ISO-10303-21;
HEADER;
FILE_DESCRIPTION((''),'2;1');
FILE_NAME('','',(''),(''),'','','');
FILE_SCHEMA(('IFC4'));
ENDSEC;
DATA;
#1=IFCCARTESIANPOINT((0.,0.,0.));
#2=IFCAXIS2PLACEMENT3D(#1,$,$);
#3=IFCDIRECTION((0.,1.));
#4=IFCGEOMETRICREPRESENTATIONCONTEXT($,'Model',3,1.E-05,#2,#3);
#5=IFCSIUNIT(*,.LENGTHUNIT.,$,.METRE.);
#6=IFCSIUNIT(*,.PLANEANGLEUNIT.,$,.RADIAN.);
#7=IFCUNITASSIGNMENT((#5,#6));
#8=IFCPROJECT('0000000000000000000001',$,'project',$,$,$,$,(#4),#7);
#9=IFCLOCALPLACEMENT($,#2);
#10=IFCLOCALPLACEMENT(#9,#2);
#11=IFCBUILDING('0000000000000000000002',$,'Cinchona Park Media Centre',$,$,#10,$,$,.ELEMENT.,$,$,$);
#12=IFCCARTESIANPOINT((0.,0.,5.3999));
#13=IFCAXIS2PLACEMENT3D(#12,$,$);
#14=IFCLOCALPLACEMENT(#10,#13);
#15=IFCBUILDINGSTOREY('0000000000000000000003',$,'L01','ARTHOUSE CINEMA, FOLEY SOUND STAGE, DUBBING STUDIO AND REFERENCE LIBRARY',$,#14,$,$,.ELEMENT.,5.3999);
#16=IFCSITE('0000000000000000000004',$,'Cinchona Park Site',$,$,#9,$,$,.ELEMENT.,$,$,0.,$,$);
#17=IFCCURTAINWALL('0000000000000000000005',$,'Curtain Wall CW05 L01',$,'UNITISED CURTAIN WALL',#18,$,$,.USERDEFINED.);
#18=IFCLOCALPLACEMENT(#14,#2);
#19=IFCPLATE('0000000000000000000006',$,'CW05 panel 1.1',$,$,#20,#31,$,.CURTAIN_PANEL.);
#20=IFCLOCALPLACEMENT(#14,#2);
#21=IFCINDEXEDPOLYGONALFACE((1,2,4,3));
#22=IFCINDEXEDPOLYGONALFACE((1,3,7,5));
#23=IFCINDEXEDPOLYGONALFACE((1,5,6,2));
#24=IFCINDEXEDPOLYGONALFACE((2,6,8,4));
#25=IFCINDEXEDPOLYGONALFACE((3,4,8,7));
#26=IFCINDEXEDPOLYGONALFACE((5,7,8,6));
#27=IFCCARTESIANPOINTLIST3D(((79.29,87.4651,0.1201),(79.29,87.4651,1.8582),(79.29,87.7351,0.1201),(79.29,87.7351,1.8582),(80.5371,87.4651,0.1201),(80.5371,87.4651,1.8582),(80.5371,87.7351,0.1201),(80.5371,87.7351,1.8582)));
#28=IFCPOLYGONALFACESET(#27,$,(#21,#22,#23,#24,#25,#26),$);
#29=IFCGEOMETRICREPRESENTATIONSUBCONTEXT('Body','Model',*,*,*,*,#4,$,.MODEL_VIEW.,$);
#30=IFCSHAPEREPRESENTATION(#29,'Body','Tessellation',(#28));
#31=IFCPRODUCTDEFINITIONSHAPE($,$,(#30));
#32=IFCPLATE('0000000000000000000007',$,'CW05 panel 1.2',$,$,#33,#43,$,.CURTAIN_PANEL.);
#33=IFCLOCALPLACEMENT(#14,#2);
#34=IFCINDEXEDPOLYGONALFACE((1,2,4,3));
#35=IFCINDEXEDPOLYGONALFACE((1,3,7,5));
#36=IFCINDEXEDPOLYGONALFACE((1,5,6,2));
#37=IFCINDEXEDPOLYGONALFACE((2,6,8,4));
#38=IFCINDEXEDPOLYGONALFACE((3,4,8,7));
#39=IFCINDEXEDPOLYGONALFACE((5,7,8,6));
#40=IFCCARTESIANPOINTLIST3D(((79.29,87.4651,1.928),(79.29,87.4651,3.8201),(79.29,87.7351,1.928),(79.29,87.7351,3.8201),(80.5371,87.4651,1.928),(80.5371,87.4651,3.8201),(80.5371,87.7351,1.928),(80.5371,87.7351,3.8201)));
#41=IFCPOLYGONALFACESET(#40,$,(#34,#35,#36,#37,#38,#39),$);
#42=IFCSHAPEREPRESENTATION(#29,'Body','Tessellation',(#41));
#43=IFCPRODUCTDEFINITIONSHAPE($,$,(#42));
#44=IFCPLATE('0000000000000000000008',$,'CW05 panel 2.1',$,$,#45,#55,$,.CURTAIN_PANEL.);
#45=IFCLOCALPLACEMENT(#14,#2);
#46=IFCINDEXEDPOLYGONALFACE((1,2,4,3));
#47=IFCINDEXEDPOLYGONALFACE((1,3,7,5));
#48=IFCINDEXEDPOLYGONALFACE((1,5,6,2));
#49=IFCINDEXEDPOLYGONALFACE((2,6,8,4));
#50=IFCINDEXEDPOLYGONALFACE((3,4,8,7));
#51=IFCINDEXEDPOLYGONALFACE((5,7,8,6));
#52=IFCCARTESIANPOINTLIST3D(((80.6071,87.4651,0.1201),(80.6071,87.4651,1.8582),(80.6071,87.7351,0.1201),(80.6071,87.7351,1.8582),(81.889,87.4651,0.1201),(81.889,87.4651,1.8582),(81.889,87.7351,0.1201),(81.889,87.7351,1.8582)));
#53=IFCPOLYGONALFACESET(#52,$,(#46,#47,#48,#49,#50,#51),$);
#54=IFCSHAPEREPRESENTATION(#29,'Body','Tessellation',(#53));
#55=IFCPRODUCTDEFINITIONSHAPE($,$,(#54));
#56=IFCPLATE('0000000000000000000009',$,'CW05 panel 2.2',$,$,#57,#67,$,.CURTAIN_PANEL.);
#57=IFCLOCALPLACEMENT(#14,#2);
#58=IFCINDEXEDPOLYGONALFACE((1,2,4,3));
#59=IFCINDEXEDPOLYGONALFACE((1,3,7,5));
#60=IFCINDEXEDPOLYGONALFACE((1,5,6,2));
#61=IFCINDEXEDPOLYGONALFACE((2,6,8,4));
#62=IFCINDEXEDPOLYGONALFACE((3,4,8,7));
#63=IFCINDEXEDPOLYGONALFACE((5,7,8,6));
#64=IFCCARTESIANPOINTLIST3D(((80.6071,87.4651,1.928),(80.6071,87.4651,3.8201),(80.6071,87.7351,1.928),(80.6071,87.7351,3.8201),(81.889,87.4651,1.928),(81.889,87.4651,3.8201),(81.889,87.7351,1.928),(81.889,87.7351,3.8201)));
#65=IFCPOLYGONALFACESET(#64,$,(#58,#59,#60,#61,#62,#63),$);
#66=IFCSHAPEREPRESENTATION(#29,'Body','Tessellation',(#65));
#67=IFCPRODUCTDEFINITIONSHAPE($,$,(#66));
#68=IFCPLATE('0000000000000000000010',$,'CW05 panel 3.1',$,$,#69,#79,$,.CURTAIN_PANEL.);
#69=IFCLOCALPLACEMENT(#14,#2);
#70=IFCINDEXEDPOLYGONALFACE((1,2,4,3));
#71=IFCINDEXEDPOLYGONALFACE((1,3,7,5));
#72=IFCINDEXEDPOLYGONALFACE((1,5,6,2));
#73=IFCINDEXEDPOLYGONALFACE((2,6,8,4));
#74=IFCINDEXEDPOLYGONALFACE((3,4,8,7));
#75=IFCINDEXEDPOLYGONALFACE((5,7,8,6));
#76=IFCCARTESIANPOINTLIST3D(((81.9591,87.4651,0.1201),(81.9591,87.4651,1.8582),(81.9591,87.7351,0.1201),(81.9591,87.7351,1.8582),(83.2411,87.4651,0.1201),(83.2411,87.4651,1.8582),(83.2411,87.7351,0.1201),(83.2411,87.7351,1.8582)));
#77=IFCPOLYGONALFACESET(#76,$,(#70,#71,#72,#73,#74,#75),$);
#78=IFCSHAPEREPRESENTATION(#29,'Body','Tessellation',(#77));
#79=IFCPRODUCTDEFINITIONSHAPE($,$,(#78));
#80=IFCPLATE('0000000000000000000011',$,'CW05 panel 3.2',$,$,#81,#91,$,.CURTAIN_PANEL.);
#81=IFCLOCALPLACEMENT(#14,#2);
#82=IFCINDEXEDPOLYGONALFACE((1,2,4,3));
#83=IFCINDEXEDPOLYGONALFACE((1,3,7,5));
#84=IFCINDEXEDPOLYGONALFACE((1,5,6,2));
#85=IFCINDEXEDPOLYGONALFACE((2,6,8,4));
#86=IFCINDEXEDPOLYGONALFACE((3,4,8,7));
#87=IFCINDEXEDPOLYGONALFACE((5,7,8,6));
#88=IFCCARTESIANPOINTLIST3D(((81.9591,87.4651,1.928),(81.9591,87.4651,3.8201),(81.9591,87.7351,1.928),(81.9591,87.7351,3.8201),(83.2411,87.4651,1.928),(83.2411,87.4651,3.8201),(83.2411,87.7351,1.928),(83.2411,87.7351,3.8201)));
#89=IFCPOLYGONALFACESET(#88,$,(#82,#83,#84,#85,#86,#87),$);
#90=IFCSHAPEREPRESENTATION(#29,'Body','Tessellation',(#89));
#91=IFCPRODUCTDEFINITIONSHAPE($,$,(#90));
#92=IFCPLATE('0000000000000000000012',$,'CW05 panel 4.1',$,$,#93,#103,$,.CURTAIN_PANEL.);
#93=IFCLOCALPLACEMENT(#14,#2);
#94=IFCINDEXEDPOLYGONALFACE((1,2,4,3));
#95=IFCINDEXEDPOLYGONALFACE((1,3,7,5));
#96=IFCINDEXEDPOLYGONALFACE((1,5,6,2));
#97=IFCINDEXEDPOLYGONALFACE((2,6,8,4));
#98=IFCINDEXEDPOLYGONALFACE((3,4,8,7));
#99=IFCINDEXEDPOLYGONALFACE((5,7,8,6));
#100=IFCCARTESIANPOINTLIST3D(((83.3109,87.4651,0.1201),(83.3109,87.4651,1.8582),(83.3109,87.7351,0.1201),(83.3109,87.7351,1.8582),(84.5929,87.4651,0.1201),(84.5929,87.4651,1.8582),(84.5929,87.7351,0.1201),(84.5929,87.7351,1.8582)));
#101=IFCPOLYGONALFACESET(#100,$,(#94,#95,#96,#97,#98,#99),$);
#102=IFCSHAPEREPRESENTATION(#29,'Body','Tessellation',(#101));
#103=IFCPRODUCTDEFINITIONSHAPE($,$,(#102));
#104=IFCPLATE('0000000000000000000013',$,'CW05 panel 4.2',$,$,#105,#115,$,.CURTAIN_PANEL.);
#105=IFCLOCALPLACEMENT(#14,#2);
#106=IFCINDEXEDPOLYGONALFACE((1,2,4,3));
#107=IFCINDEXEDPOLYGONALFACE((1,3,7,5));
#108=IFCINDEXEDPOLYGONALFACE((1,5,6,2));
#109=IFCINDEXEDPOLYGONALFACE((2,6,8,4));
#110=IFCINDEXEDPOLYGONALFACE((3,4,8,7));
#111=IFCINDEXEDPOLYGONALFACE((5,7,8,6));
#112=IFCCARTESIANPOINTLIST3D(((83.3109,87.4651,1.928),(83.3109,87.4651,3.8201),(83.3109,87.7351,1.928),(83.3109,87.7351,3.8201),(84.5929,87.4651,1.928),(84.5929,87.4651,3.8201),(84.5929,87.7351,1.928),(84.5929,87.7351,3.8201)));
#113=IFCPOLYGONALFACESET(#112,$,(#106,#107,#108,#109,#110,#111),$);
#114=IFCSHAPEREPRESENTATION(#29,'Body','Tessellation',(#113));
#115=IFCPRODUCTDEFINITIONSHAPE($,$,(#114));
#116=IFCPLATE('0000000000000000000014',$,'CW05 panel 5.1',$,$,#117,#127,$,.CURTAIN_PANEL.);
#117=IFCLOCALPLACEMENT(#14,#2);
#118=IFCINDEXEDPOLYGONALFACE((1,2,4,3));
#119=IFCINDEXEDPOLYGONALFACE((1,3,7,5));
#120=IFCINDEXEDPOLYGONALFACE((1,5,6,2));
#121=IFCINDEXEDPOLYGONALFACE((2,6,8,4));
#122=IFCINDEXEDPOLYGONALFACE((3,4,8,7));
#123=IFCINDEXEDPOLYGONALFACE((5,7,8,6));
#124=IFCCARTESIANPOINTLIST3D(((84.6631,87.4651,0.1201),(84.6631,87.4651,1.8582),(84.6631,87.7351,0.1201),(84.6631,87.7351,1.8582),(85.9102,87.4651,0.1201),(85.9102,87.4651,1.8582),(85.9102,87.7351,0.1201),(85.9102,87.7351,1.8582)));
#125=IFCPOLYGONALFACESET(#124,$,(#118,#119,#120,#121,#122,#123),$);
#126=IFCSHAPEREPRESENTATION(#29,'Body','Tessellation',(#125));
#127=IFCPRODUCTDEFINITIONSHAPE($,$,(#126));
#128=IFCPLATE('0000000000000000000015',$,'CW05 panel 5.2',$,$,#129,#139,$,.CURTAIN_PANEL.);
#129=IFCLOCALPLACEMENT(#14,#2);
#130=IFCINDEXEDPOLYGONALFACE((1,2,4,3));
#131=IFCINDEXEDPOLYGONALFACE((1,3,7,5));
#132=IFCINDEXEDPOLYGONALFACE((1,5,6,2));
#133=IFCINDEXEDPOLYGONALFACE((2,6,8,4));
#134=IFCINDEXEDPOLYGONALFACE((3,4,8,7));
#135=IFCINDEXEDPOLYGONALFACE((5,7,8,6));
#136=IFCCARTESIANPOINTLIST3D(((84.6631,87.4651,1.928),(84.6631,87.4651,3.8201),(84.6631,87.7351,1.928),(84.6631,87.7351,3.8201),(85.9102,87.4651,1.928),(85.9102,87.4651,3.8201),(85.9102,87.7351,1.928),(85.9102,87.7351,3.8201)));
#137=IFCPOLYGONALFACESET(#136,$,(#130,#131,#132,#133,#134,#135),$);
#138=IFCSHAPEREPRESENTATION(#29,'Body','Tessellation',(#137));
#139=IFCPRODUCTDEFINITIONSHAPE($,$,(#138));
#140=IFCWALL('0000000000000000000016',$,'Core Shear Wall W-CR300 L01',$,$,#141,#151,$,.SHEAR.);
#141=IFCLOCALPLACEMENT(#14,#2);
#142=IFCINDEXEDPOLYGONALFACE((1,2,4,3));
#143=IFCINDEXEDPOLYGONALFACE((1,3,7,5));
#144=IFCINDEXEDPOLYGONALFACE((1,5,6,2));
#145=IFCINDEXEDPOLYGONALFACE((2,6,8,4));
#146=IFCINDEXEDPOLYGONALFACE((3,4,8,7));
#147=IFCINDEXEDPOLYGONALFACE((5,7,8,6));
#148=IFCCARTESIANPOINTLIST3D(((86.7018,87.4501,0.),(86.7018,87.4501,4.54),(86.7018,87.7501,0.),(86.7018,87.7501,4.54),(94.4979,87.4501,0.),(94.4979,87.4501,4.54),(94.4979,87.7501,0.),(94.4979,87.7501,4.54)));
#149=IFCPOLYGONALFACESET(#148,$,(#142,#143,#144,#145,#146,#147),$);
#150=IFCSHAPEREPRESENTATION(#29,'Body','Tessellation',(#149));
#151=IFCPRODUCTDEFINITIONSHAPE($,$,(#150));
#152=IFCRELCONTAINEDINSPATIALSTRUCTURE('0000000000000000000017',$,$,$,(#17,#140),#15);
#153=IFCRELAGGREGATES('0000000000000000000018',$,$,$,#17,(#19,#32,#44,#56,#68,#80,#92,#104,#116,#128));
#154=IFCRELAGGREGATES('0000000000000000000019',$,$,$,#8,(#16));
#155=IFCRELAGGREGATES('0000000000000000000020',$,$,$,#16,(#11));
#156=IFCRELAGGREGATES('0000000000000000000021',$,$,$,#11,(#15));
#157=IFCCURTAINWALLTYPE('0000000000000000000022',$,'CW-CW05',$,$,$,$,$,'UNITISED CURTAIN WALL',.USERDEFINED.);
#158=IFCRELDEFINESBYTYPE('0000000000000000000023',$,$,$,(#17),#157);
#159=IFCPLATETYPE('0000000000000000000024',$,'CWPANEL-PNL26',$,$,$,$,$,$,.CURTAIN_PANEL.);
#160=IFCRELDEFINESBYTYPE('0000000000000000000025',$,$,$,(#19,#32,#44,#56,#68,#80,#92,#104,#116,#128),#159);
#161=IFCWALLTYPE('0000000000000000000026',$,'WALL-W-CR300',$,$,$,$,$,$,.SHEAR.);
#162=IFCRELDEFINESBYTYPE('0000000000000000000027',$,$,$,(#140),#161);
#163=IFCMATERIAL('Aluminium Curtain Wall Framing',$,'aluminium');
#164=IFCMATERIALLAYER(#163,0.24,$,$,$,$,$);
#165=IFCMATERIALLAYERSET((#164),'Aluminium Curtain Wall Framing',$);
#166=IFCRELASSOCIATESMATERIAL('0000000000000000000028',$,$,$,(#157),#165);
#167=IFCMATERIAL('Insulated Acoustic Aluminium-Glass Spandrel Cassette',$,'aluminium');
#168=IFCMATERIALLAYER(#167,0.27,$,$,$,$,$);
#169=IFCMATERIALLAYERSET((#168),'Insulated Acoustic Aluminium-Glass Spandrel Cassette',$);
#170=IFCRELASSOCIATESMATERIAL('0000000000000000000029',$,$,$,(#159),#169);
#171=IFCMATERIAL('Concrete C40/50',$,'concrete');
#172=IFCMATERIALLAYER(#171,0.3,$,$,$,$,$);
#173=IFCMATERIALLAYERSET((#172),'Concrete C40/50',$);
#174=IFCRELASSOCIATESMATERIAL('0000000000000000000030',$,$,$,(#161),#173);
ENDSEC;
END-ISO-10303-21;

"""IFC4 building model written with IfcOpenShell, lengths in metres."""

from ifc_helpers import new_model, si_unit, direction, frame, frame_2d, origin, origin_2d, place, context, subcontext, project, spatial, rectangle, extrude, material, layer, layer_set, type_object, element, aggregate, save


model = new_model("IFC4")

# Units and contexts
model_context = context("Model", 3, precision=1e-05, world=origin(), true_north=direction((0.0, 1.0)))
body_context = subcontext(model_context, "Body", "Model", "MODEL_VIEW")
ifc_project = project(units=[si_unit("LENGTHUNIT", "METRE"), si_unit("PLANEANGLEUNIT", "RADIAN")], contexts=[model_context])

# Site, building, storey
site_placement = place(None, origin())
site = spatial("IfcSite", under=ifc_project, at=site_placement, Name="Cinchona Park Site", CompositionType="ELEMENT", RefElevation=0.0)
building_placement = place(site_placement, origin())
building = spatial("IfcBuilding", under=site, at=building_placement, Name="Cinchona Park Media Centre", CompositionType="ELEMENT")
storey_placement = place(building_placement, frame((0.0, 0.0, 5.3999)))
storey = spatial("IfcBuildingStorey", under=building, at=storey_placement, Name="L01", Description="ARTHOUSE CINEMA, FOLEY SOUND STAGE, DUBBING STUDIO AND REFERENCE LIBRARY", CompositionType="ELEMENT", Elevation=5.3999)

# Curtain wall
ifc_material_1 = material(Name="Aluminium Curtain Wall Framing", Category="aluminium")
ifc_layer_1 = layer(ifc_material_1, 0.24)
ifc_layer_set_1 = layer_set([ifc_layer_1], Name="Aluminium Curtain Wall Framing")
curtain_wall_type_1 = type_object("IfcCurtainWallType", Name="CW-CW05", ElementType="UNITISED CURTAIN WALL", PredefinedType="USERDEFINED", material=ifc_layer_set_1)
curtain_wall_1_placement = place(storey_placement, origin())
curtain_wall_1 = element("IfcCurtainWall", 1, at=curtain_wall_1_placement, inside=storey, type_object=curtain_wall_type_1, Name="Curtain Wall CW05 L01", ObjectType="UNITISED CURTAIN WALL", PredefinedType="USERDEFINED")

# Plates
ifc_material_2 = material(Name="Insulated Acoustic Aluminium-Glass Spandrel Cassette", Category="aluminium")
ifc_layer_2 = layer(ifc_material_2, 0.27)
ifc_layer_set_2 = layer_set([ifc_layer_2], Name="Insulated Acoustic Aluminium-Glass Spandrel Cassette")
plate_type_1 = type_object("IfcPlateType", Name="CWPANEL-PNL26", PredefinedType="CURTAIN_PANEL", material=ifc_layer_set_2)
plate_1_placement = place(storey_placement, frame((79.9136, 87.6001, 0.1201), z_axis=(0.0, 0.0, 1.0), x_axis=(1.0, 0.0, 0.0)))
plate_1 = element("IfcPlate", 2, at=plate_1_placement, type_object=plate_type_1, Name="CW05 panel 1.1", PredefinedType="CURTAIN_PANEL", context=body_context, shape_type="SweptSolid", body=[
    extrude(rectangle(XDim=1.2471, YDim=0.27, at=origin_2d()), origin(), (0.0, 0.0, 1.0), 1.738),
])
plate_2_placement = place(storey_placement, frame((79.9136, 87.6001, 1.928), z_axis=(0.0, 0.0, 1.0), x_axis=(1.0, 0.0, 0.0)))
plate_2 = element("IfcPlate", 3, at=plate_2_placement, type_object=plate_type_1, Name="CW05 panel 1.2", PredefinedType="CURTAIN_PANEL", context=body_context, shape_type="SweptSolid", body=[
    extrude(rectangle(XDim=1.2471, YDim=0.27, at=origin_2d()), origin(), (0.0, 0.0, 1.0), 1.8921),
])
plate_3_placement = place(storey_placement, frame((81.248, 87.6001, 0.1201), z_axis=(0.0, 0.0, 1.0), x_axis=(1.0, 0.0, 0.0)))
plate_3 = element("IfcPlate", 4, at=plate_3_placement, type_object=plate_type_1, Name="CW05 panel 2.1", PredefinedType="CURTAIN_PANEL", context=body_context, shape_type="SweptSolid", body=[
    extrude(rectangle(XDim=1.282, YDim=0.27, at=origin_2d()), origin(), (0.0, 0.0, 1.0), 1.738),
])
plate_4_placement = place(storey_placement, frame((81.248, 87.6001, 1.928), z_axis=(0.0, 0.0, 1.0), x_axis=(1.0, 0.0, 0.0)))
plate_4 = element("IfcPlate", 5, at=plate_4_placement, type_object=plate_type_1, Name="CW05 panel 2.2", PredefinedType="CURTAIN_PANEL", context=body_context, shape_type="SweptSolid", body=[
    extrude(rectangle(XDim=1.282, YDim=0.27, at=origin_2d()), origin(), (0.0, 0.0, 1.0), 1.8921),
])
plate_5_placement = place(storey_placement, frame((82.6001, 87.6001, 0.1201), z_axis=(0.0, 0.0, 1.0), x_axis=(1.0, 0.0, 0.0)))
plate_5 = element("IfcPlate", 6, at=plate_5_placement, type_object=plate_type_1, Name="CW05 panel 3.1", PredefinedType="CURTAIN_PANEL", context=body_context, shape_type="SweptSolid", body=[
    extrude(rectangle(XDim=1.282, YDim=0.27, at=origin_2d()), origin(), (0.0, 0.0, 1.0), 1.738),
])
plate_6_placement = place(storey_placement, frame((82.6001, 87.6001, 1.928), z_axis=(0.0, 0.0, 1.0), x_axis=(1.0, 0.0, 0.0)))
plate_6 = element("IfcPlate", 7, at=plate_6_placement, type_object=plate_type_1, Name="CW05 panel 3.2", PredefinedType="CURTAIN_PANEL", context=body_context, shape_type="SweptSolid", body=[
    extrude(rectangle(XDim=1.282, YDim=0.27, at=origin_2d()), origin(), (0.0, 0.0, 1.0), 1.8921),
])
plate_7_placement = place(storey_placement, frame((83.9519, 87.6001, 0.1201), z_axis=(0.0, 0.0, 1.0), x_axis=(1.0, 0.0, 0.0)))
plate_7 = element("IfcPlate", 8, at=plate_7_placement, type_object=plate_type_1, Name="CW05 panel 4.1", PredefinedType="CURTAIN_PANEL", context=body_context, shape_type="SweptSolid", body=[
    extrude(rectangle(XDim=1.282, YDim=0.27, at=origin_2d()), origin(), (0.0, 0.0, 1.0), 1.738),
])
plate_8_placement = place(storey_placement, frame((83.9519, 87.6001, 1.928), z_axis=(0.0, 0.0, 1.0), x_axis=(1.0, 0.0, 0.0)))
plate_8 = element("IfcPlate", 9, at=plate_8_placement, type_object=plate_type_1, Name="CW05 panel 4.2", PredefinedType="CURTAIN_PANEL", context=body_context, shape_type="SweptSolid", body=[
    extrude(rectangle(XDim=1.282, YDim=0.27, at=origin_2d()), origin(), (0.0, 0.0, 1.0), 1.8921),
])
plate_9_placement = place(storey_placement, frame((85.2866, 87.6001, 0.1201), z_axis=(0.0, 0.0, 1.0), x_axis=(1.0, 0.0, 0.0)))
plate_9 = element("IfcPlate", 10, at=plate_9_placement, type_object=plate_type_1, Name="CW05 panel 5.1", PredefinedType="CURTAIN_PANEL", context=body_context, shape_type="SweptSolid", body=[
    extrude(rectangle(XDim=1.2471, YDim=0.27, at=origin_2d()), origin(), (0.0, 0.0, 1.0), 1.738),
])
plate_10_placement = place(storey_placement, frame((85.2866, 87.6001, 1.928), z_axis=(0.0, 0.0, 1.0), x_axis=(1.0, 0.0, 0.0)))
plate_10 = element("IfcPlate", 11, at=plate_10_placement, type_object=plate_type_1, Name="CW05 panel 5.2", PredefinedType="CURTAIN_PANEL", context=body_context, shape_type="SweptSolid", body=[
    extrude(rectangle(XDim=1.2471, YDim=0.27, at=origin_2d()), origin(), (0.0, 0.0, 1.0), 1.8921),
])
aggregate(curtain_wall_1, [plate_1, plate_2, plate_3, plate_4, plate_5, plate_6, plate_7, plate_8, plate_9, plate_10])

# Wall
ifc_material_3 = material(Name="Concrete C40/50", Category="concrete")
ifc_layer_3 = layer(ifc_material_3, 0.3)
ifc_layer_set_3 = layer_set([ifc_layer_3], Name="Concrete C40/50")
wall_type = type_object("IfcWallType", Name="WALL-W-CR300", PredefinedType="SHEAR", material=ifc_layer_set_3)
wall_placement = place(storey_placement, frame((86.7019, 87.6001, 0.0), z_axis=(0.0, 0.0, 1.0), x_axis=(1.0, 0.0, 0.0)))
element("IfcWall", 12, at=wall_placement, inside=storey, type_object=wall_type, Name="Core Shear Wall W-CR300 L01", PredefinedType="SHEAR", context=body_context, shape_type="SweptSolid", body=[
    extrude(rectangle(XDim=7.7961, YDim=0.3, at=frame_2d((3.8979, 0.0))), origin(), (0.0, 0.0, 1.0), 4.54),
])

save(model, "model.ifc")
